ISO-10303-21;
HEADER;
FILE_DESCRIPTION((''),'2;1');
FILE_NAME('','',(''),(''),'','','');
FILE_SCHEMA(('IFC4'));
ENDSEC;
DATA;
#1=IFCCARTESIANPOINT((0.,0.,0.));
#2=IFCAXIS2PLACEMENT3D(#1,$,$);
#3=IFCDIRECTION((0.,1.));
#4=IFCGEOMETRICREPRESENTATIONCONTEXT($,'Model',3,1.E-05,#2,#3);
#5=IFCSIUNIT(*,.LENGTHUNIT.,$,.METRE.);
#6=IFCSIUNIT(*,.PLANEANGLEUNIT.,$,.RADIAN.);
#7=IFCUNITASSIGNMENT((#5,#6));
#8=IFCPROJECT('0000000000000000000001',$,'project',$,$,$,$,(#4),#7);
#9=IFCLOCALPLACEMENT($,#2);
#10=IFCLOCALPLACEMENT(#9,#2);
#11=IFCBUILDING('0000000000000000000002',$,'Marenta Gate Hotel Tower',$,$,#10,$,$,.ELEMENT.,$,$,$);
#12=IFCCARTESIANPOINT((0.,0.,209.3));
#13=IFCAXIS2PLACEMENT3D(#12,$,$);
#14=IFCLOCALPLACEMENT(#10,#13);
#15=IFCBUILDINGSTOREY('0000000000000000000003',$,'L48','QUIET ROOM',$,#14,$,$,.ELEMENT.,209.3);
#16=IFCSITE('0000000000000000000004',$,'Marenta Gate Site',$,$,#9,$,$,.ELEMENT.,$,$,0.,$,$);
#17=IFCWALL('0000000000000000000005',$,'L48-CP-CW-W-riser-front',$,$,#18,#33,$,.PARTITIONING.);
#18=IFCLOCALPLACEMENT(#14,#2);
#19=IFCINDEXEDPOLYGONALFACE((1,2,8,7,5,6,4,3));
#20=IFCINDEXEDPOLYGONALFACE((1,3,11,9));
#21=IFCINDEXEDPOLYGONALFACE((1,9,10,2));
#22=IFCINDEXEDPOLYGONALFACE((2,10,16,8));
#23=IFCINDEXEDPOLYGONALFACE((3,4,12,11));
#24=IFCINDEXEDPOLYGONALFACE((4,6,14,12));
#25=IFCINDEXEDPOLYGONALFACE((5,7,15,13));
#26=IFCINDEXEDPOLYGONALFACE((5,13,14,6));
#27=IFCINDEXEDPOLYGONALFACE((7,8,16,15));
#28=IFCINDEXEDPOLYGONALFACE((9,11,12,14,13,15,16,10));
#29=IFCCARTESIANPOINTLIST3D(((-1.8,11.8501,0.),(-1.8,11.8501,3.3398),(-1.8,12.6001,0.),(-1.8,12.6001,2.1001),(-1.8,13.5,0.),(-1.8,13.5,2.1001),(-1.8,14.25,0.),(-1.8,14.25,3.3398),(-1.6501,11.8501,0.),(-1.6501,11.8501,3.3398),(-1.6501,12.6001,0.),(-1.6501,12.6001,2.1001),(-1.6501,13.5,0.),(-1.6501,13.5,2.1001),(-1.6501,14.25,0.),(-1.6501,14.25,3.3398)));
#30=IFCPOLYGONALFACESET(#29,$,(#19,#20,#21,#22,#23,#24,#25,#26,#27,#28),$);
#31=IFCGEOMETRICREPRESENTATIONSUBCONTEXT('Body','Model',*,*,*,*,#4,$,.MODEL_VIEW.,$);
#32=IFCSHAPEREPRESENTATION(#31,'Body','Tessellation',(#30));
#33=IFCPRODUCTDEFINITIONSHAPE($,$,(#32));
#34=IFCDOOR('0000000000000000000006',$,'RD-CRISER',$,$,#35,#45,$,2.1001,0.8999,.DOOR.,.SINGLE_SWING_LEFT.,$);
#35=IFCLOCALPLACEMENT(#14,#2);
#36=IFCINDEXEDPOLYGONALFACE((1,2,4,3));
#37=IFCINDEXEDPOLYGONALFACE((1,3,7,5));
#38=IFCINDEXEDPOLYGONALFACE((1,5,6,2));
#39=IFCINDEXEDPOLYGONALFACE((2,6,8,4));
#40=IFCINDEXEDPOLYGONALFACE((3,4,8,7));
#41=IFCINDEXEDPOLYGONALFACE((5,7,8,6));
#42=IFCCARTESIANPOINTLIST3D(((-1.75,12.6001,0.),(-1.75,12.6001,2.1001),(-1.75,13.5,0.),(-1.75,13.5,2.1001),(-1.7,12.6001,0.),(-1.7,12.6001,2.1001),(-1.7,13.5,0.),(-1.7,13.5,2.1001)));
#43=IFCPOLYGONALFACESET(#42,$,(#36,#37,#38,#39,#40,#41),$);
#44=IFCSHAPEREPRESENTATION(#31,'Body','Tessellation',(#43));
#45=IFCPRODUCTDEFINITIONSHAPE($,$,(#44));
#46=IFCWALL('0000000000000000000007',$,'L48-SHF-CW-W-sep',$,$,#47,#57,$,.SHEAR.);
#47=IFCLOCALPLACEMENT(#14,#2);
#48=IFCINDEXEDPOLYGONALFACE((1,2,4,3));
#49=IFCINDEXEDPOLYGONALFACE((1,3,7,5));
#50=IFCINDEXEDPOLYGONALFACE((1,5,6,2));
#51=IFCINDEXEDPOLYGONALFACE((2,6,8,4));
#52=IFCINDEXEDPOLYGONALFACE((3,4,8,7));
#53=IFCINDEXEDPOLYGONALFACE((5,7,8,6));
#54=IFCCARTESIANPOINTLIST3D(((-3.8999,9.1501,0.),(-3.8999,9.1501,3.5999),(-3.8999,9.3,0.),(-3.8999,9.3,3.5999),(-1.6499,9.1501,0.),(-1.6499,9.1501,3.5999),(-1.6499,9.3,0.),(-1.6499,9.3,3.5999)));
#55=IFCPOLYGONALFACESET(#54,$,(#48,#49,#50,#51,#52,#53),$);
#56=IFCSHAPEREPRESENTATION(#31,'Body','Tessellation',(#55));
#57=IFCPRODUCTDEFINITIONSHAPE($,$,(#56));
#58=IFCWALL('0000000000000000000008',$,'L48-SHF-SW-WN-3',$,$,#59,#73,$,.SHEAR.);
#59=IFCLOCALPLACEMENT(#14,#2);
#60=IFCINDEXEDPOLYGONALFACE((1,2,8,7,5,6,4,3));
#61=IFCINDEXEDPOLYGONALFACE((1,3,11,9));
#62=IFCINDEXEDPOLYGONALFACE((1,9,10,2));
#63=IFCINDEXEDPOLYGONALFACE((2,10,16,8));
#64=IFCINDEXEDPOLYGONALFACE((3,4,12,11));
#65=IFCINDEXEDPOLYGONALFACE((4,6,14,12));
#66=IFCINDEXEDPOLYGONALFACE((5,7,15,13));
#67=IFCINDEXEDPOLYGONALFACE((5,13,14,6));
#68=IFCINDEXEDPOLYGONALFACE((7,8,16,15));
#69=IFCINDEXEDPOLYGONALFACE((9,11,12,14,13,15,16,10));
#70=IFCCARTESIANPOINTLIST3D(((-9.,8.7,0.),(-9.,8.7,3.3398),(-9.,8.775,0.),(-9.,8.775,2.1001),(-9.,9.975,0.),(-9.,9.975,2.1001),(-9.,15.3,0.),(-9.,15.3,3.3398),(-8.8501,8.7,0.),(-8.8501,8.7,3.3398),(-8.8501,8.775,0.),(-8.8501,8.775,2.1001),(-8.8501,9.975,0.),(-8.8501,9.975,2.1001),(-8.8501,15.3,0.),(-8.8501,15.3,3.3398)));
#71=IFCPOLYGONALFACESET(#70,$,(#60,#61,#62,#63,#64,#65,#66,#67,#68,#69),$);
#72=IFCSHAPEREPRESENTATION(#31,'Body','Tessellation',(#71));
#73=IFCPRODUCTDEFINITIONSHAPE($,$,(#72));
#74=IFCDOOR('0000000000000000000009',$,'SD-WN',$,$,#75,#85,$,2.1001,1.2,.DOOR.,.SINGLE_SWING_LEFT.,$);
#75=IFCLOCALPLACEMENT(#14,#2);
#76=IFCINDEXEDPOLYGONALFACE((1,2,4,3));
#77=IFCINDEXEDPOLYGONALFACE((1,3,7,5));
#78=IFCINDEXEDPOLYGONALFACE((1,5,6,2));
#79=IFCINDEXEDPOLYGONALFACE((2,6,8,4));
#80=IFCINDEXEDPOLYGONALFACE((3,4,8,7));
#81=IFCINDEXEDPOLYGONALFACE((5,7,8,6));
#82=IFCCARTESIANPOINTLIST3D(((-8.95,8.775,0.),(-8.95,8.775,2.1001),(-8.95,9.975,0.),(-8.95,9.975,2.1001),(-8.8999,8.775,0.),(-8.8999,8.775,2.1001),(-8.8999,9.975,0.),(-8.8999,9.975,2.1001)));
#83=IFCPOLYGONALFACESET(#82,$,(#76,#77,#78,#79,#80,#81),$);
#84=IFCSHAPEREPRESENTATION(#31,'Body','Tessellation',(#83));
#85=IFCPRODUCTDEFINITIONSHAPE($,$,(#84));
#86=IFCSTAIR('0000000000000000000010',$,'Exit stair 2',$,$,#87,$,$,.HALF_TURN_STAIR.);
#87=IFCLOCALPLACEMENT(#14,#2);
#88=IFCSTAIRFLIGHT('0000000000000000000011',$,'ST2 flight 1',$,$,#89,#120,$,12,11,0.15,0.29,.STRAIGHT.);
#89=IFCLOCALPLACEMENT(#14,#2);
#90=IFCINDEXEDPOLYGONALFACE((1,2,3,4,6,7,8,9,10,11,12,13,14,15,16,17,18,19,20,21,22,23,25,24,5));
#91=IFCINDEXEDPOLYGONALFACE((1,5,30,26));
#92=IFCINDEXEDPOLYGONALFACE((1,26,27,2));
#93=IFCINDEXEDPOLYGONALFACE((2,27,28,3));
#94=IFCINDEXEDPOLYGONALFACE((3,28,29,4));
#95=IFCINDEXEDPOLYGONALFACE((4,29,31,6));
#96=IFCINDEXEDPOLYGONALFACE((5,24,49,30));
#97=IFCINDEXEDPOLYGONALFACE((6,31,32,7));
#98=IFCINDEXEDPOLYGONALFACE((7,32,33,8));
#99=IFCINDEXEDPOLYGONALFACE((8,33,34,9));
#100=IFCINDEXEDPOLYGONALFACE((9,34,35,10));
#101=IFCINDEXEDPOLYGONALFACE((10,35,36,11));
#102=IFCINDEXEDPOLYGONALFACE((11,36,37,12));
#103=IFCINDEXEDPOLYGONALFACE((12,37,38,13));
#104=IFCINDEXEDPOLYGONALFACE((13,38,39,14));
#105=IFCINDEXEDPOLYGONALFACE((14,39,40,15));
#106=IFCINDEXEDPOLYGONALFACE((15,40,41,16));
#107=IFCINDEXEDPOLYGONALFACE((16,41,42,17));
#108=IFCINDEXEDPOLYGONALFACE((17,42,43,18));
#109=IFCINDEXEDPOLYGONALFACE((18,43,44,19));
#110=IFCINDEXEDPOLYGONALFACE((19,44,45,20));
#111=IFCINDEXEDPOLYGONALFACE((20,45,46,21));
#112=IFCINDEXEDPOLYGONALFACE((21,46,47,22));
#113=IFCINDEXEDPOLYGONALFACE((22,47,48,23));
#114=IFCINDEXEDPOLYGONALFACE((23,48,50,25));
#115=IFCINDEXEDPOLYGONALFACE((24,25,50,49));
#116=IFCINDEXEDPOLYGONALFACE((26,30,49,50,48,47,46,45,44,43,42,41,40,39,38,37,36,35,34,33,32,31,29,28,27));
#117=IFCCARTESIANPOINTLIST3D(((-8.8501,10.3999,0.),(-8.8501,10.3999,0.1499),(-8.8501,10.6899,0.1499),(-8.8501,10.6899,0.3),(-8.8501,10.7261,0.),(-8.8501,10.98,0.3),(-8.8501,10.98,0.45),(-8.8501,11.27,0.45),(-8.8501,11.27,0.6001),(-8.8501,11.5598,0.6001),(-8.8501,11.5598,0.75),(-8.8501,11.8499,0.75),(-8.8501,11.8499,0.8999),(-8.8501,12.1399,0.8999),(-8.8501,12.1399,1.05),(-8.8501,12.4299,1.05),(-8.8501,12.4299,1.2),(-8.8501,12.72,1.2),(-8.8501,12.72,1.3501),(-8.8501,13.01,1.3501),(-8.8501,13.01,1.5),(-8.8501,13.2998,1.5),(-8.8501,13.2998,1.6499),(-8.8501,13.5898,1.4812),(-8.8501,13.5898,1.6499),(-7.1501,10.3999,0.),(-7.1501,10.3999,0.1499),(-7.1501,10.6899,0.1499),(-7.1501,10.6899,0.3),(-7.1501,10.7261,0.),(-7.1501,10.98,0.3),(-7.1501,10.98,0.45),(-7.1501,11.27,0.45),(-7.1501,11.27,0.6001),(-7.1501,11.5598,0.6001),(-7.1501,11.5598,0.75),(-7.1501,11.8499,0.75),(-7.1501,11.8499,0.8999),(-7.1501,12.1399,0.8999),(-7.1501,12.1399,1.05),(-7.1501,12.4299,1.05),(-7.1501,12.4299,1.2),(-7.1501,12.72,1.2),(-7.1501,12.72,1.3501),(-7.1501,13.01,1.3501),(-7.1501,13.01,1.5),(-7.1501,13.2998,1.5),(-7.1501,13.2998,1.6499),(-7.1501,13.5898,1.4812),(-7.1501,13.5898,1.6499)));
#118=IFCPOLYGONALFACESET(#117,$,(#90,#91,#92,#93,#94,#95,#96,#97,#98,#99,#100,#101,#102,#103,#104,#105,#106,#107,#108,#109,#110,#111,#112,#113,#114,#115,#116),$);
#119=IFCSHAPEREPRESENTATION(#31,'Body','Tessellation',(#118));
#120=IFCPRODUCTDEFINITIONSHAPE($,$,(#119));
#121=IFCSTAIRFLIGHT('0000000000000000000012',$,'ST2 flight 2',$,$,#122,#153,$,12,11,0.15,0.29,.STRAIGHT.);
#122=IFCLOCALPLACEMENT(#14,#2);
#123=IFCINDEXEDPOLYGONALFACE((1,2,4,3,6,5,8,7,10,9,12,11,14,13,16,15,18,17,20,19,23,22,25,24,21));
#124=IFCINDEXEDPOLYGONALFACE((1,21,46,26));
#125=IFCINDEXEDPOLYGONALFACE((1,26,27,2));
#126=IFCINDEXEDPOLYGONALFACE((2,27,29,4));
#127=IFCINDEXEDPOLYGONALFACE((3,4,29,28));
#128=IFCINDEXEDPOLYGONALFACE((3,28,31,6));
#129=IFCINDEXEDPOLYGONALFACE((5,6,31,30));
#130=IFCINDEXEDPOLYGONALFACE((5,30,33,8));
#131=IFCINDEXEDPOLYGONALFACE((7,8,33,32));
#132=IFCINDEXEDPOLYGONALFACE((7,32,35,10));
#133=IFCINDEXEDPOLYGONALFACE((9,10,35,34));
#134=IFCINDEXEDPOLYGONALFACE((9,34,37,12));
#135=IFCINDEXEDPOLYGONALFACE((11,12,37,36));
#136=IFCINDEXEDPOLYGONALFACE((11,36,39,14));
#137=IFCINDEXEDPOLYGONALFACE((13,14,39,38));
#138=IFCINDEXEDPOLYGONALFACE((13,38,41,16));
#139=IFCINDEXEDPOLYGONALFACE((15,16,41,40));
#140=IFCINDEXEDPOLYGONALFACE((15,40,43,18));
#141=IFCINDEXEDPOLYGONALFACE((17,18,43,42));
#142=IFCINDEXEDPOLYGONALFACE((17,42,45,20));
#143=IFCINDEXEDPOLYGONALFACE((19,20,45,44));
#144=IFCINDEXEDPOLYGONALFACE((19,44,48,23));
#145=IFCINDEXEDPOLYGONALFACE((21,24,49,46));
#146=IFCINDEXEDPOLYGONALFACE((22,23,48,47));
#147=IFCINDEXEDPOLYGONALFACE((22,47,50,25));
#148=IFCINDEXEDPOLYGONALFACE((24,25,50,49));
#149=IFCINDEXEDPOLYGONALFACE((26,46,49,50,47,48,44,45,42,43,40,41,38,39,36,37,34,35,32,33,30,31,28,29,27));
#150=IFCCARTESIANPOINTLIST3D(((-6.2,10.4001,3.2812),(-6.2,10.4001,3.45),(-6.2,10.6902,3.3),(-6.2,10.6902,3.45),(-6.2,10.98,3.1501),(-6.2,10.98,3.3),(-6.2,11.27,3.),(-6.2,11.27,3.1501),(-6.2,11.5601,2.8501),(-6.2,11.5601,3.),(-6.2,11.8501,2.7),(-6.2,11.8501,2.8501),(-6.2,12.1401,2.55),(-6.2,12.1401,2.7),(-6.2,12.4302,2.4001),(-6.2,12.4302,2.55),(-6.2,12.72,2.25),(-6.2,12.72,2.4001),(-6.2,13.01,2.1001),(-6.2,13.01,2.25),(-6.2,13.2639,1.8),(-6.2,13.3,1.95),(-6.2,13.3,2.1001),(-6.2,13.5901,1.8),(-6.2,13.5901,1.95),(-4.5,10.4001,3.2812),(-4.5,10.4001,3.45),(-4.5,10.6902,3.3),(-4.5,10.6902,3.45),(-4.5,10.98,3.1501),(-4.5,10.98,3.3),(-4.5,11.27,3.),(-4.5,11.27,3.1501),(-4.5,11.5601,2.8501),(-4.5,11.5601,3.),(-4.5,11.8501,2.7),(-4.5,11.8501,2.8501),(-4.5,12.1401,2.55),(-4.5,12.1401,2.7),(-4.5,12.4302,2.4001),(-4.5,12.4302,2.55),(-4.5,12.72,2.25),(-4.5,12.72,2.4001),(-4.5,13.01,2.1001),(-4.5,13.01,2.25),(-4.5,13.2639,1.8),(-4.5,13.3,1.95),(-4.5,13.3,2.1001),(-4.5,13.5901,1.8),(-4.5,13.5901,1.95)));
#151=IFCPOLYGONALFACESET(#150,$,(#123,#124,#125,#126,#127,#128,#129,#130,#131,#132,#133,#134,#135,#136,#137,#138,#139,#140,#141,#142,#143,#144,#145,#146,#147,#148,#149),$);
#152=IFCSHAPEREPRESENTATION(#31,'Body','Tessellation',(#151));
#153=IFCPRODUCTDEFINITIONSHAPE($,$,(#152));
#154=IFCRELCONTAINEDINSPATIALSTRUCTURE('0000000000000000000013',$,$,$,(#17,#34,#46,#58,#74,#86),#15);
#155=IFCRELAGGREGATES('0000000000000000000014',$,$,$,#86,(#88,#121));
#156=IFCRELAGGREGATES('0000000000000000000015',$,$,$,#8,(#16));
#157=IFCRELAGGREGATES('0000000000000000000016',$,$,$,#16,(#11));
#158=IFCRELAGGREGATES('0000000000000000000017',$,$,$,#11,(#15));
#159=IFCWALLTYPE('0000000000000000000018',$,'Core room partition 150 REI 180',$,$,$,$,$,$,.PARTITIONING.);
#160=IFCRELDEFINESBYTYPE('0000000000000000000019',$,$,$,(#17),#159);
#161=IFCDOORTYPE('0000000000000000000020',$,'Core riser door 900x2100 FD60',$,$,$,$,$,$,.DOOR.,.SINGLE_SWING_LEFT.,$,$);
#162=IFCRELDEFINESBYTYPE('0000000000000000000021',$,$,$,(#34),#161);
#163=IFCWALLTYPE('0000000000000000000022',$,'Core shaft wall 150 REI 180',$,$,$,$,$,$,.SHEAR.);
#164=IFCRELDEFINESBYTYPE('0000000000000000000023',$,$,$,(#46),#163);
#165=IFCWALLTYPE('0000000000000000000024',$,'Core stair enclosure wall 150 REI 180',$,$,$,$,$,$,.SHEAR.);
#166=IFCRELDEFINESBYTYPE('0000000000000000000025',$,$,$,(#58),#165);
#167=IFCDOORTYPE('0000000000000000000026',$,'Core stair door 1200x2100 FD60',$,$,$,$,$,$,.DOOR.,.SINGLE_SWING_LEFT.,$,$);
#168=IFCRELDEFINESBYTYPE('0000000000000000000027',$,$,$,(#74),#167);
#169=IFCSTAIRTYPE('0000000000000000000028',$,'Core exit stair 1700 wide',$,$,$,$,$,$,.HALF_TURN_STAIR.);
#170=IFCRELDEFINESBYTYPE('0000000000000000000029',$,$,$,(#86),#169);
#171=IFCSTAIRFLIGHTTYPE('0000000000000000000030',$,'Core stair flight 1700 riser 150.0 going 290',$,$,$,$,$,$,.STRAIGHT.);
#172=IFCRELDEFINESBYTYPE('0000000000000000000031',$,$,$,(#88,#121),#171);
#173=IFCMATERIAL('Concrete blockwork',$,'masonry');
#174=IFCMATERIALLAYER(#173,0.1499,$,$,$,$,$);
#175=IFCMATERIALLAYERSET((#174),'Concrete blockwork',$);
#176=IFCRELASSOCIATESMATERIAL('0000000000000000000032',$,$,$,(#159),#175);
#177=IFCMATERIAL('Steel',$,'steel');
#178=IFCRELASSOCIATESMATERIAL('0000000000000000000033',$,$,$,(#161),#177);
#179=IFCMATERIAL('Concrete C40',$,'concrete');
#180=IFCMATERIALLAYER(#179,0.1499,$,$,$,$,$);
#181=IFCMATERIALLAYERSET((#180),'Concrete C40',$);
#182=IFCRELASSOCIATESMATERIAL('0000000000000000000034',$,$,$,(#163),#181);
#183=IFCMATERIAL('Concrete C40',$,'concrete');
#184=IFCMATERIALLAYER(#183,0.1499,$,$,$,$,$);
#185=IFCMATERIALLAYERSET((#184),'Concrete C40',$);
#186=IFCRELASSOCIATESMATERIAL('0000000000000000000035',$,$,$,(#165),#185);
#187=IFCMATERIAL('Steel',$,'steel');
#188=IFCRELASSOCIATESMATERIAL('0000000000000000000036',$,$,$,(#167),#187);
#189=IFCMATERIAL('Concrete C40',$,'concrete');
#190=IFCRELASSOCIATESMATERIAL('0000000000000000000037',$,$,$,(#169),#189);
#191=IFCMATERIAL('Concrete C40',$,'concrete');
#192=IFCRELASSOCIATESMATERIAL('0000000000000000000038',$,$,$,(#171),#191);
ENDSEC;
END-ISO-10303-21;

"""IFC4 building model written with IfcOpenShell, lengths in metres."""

from ifc_helpers import new_model, si_unit, direction, frame, frame_2d, origin, place, context, subcontext, project, spatial, polyline, rectangle, outline, extrude, material, layer, layer_set, type_object, element, fill, aggregate, save


model = new_model("IFC4")

# Units and contexts
model_context = context("Model", 3, precision=1e-05, world=origin(), true_north=direction((0.0, 1.0)))
body_context = subcontext(model_context, "Body", "Model", "MODEL_VIEW")
ifc_project = project(units=[si_unit("LENGTHUNIT", "METRE"), si_unit("PLANEANGLEUNIT", "RADIAN")], contexts=[model_context])

# Site, building, storey
site_placement = place(None, origin())
site = spatial("IfcSite", under=ifc_project, at=site_placement, Name="Marenta Gate Site", CompositionType="ELEMENT", RefElevation=0.0)
building_placement = place(site_placement, origin())
building = spatial("IfcBuilding", under=site, at=building_placement, Name="Marenta Gate Hotel Tower", CompositionType="ELEMENT")
storey_placement = place(building_placement, frame((0.0, 0.0, 209.3)))
storey = spatial("IfcBuildingStorey", under=building, at=storey_placement, Name="L48", Description="QUIET ROOM", CompositionType="ELEMENT", Elevation=209.3)

# Wall, opening, door
ifc_material_1 = material(Name="Concrete blockwork", Category="masonry")
ifc_layer_1 = layer(ifc_material_1, 0.1499)
ifc_layer_set_1 = layer_set([ifc_layer_1], Name="Concrete blockwork")
wall_type_1 = type_object("IfcWallType", Name="Core room partition 150 REI 180", PredefinedType="PARTITIONING", material=ifc_layer_set_1)
wall_1_placement = place(storey_placement, frame((-1.7251, 11.8501, 0.0), z_axis=(0.0, 0.0, 1.0), x_axis=(0.0, 1.0, 0.0)))
wall_1 = element("IfcWall", 1, at=wall_1_placement, inside=storey, type_object=wall_type_1, Name="L48-CP-CW-W-riser-front", PredefinedType="PARTITIONING", context=body_context, shape_type="SweptSolid", body=[
    extrude(rectangle(XDim=2.3999, YDim=0.1499, at=frame_2d((1.2, 0.0))), origin(), (0.0, 0.0, 1.0), 3.3398),
])
opening_1_placement = place(wall_1_placement, frame((0.75, 0.0, 0.0)))
opening_1 = element("IfcOpeningElement", 2, at=opening_1_placement, cuts=wall_1, PredefinedType="OPENING", context=body_context, shape_type="SweptSolid", body=[
    extrude(rectangle(XDim=0.8999, YDim=2.1001, at=frame_2d((0.45, 1.05))), frame((0.0, 0.075, 0.0), z_axis=(0.0, -1.0, 0.0), x_axis=(1.0, 0.0, 0.0)), (0.0, 0.0, 1.0), 0.1499),
])
ifc_material_2 = material(Name="Steel", Category="steel")
door_type_1 = type_object("IfcDoorType", Name="Core riser door 900x2100 FD60", OperationType="SINGLE_SWING_LEFT", PredefinedType="DOOR", material=ifc_material_2)
door_1_placement = place(opening_1_placement, origin())
door_1 = element("IfcDoor", 3, at=door_1_placement, inside=storey, type_object=door_type_1, Name="RD-CRISER", OperationType="SINGLE_SWING_LEFT", OverallHeight=2.1001, OverallWidth=0.8999, PredefinedType="DOOR", context=body_context, shape_type="SweptSolid", body=[
    extrude(rectangle(XDim=0.8999, YDim=2.1001, at=frame_2d((0.45, 1.05))), frame((0.0, 0.0249, 0.0), z_axis=(0.0, -1.0, 0.0), x_axis=(1.0, 0.0, 0.0)), (0.0, 0.0, 1.0), 0.05),
])
fill(opening_1, door_1)

# Wall
ifc_material_3 = material(Name="Concrete C40", Category="concrete")
ifc_layer_2 = layer(ifc_material_3, 0.1499)
ifc_layer_set_2 = layer_set([ifc_layer_2], Name="Concrete C40")
wall_type_2 = type_object("IfcWallType", Name="Core shaft wall 150 REI 180", PredefinedType="SHEAR", material=ifc_layer_set_2)
wall_2_placement = place(storey_placement, frame((-3.8999, 9.2251, 0.0), z_axis=(0.0, 0.0, 1.0), x_axis=(1.0, 0.0, 0.0)))
element("IfcWall", 4, at=wall_2_placement, inside=storey, type_object=wall_type_2, Name="L48-SHF-CW-W-sep", PredefinedType="SHEAR", context=body_context, shape_type="SweptSolid", body=[
    extrude(rectangle(XDim=2.25, YDim=0.1499, at=frame_2d((1.125, 0.0))), origin(), (0.0, 0.0, 1.0), 3.5999),
])

# Wall, opening, door
ifc_material_4 = material(Name="Concrete C40", Category="concrete")
ifc_layer_3 = layer(ifc_material_4, 0.1499)
ifc_layer_set_3 = layer_set([ifc_layer_3], Name="Concrete C40")
wall_type_3 = type_object("IfcWallType", Name="Core stair enclosure wall 150 REI 180", PredefinedType="SHEAR", material=ifc_layer_set_3)
wall_3_placement = place(storey_placement, frame((-8.925, 8.7, 0.0), z_axis=(0.0, 0.0, 1.0), x_axis=(0.0, 1.0, 0.0)))
wall_3 = element("IfcWall", 5, at=wall_3_placement, inside=storey, type_object=wall_type_3, Name="L48-SHF-SW-WN-3", PredefinedType="SHEAR", context=body_context, shape_type="SweptSolid", body=[
    extrude(rectangle(XDim=6.6001, YDim=0.1499, at=frame_2d((3.3, 0.0))), origin(), (0.0, 0.0, 1.0), 3.3398),
])
opening_2_placement = place(wall_3_placement, frame((0.075, 0.0, 0.0)))
opening_2 = element("IfcOpeningElement", 6, at=opening_2_placement, cuts=wall_3, PredefinedType="OPENING", context=body_context, shape_type="SweptSolid", body=[
    extrude(rectangle(XDim=1.2, YDim=2.1001, at=frame_2d((0.6001, 1.05))), frame((0.0, 0.075, 0.0), z_axis=(0.0, -1.0, 0.0), x_axis=(1.0, 0.0, 0.0)), (0.0, 0.0, 1.0), 0.1499),
])
ifc_material_5 = material(Name="Steel", Category="steel")
door_type_2 = type_object("IfcDoorType", Name="Core stair door 1200x2100 FD60", OperationType="SINGLE_SWING_LEFT", PredefinedType="DOOR", material=ifc_material_5)
door_2_placement = place(opening_2_placement, origin())
door_2 = element("IfcDoor", 7, at=door_2_placement, inside=storey, type_object=door_type_2, Name="SD-WN", OperationType="SINGLE_SWING_LEFT", OverallHeight=2.1001, OverallWidth=1.2, PredefinedType="DOOR", context=body_context, shape_type="SweptSolid", body=[
    extrude(rectangle(XDim=1.2, YDim=2.1001, at=frame_2d((0.6001, 1.05))), frame((0.0, 0.0249, 0.0), z_axis=(0.0, -1.0, 0.0), x_axis=(1.0, 0.0, 0.0)), (0.0, 0.0, 1.0), 0.05),
])
fill(opening_2, door_2)

# Stair, stair flights
ifc_material_6 = material(Name="Concrete C40", Category="concrete")
stair_type = type_object("IfcStairType", Name="Core exit stair 1700 wide", PredefinedType="HALF_TURN_STAIR", material=ifc_material_6)
stair_placement = place(storey_placement, origin())
stair = element("IfcStair", 8, at=stair_placement, inside=storey, type_object=stair_type, Name="Exit stair 2", PredefinedType="HALF_TURN_STAIR")
ifc_material_7 = material(Name="Concrete C40", Category="concrete")
stair_flight_type = type_object("IfcStairFlightType", Name="Core stair flight 1700 riser 150.0 going 290", PredefinedType="STRAIGHT", material=ifc_material_7)
stair_flight_1_placement = place(storey_placement, frame((-8.0, 10.3999, 0.0), z_axis=(0.0, 0.0, 1.0), x_axis=(0.0, 1.0, 0.0)))
stair_flight_1 = element("IfcStairFlight", 9, at=stair_flight_1_placement, type_object=stair_flight_type, Name="ST2 flight 1", NumberOfRisers=12, NumberOfTreads=11, PredefinedType="STRAIGHT", RiserHeight=0.15, TreadLength=0.29, context=body_context, shape_type="SweptSolid", body=[
    extrude(outline(polyline([(0.0, 0.0), (0.0, 0.1499), (0.29, 0.1499), (0.29, 0.3), (0.5801, 0.3), (0.5801, 0.45), (0.8701, 0.45), (0.8701, 0.6001), (1.1599, 0.6001), (1.1599, 0.75), (1.45, 0.75), (1.45, 0.8999), (1.74, 0.8999), (1.74, 1.05), (2.03, 1.05), (2.03, 1.2), (2.3201, 1.2), (2.3201, 1.3501), (2.6101, 1.3501), (2.6101, 1.5), (2.8999, 1.5), (2.8999, 1.6499), (3.1899, 1.6499), (3.1899, 1.8), (3.1899, 1.4812), (0.3262, 0.0), (0.0, 0.0)])), frame((0.0, 0.8501, 0.0), z_axis=(0.0, -1.0, 0.0), x_axis=(1.0, 0.0, 0.0)), (0.0, 0.0, 1.0), 1.7),
])
stair_flight_2_placement = place(storey_placement, frame((-5.3501, 13.5901, 1.8), z_axis=(0.0, 0.0, 1.0), x_axis=(0.0, -1.0, 0.0)))
stair_flight_2 = element("IfcStairFlight", 10, at=stair_flight_2_placement, type_object=stair_flight_type, Name="ST2 flight 2", NumberOfRisers=12, NumberOfTreads=11, PredefinedType="STRAIGHT", RiserHeight=0.15, TreadLength=0.29, context=body_context, shape_type="SweptSolid", body=[
    extrude(outline(polyline([(0.0, 0.0), (0.0, 0.1499), (0.29, 0.1499), (0.29, 0.3), (0.5801, 0.3), (0.5801, 0.45), (0.8701, 0.45), (0.8701, 0.6001), (1.1599, 0.6001), (1.1599, 0.75), (1.45, 0.75), (1.45, 0.8999), (1.74, 0.8999), (1.74, 1.05), (2.03, 1.05), (2.03, 1.2), (2.3201, 1.2), (2.3201, 1.3501), (2.6101, 1.3501), (2.6101, 1.5), (2.8999, 1.5), (2.8999, 1.6499), (3.1899, 1.6499), (3.1899, 1.8), (3.1899, 1.4812), (0.3262, 0.0), (0.0, 0.0)])), frame((0.0, 0.8501, 0.0), z_axis=(0.0, -1.0, 0.0), x_axis=(1.0, 0.0, 0.0)), (0.0, 0.0, 1.0), 1.7),
])
aggregate(stair, [stair_flight_1, stair_flight_2])

save(model, "model.ifc")
